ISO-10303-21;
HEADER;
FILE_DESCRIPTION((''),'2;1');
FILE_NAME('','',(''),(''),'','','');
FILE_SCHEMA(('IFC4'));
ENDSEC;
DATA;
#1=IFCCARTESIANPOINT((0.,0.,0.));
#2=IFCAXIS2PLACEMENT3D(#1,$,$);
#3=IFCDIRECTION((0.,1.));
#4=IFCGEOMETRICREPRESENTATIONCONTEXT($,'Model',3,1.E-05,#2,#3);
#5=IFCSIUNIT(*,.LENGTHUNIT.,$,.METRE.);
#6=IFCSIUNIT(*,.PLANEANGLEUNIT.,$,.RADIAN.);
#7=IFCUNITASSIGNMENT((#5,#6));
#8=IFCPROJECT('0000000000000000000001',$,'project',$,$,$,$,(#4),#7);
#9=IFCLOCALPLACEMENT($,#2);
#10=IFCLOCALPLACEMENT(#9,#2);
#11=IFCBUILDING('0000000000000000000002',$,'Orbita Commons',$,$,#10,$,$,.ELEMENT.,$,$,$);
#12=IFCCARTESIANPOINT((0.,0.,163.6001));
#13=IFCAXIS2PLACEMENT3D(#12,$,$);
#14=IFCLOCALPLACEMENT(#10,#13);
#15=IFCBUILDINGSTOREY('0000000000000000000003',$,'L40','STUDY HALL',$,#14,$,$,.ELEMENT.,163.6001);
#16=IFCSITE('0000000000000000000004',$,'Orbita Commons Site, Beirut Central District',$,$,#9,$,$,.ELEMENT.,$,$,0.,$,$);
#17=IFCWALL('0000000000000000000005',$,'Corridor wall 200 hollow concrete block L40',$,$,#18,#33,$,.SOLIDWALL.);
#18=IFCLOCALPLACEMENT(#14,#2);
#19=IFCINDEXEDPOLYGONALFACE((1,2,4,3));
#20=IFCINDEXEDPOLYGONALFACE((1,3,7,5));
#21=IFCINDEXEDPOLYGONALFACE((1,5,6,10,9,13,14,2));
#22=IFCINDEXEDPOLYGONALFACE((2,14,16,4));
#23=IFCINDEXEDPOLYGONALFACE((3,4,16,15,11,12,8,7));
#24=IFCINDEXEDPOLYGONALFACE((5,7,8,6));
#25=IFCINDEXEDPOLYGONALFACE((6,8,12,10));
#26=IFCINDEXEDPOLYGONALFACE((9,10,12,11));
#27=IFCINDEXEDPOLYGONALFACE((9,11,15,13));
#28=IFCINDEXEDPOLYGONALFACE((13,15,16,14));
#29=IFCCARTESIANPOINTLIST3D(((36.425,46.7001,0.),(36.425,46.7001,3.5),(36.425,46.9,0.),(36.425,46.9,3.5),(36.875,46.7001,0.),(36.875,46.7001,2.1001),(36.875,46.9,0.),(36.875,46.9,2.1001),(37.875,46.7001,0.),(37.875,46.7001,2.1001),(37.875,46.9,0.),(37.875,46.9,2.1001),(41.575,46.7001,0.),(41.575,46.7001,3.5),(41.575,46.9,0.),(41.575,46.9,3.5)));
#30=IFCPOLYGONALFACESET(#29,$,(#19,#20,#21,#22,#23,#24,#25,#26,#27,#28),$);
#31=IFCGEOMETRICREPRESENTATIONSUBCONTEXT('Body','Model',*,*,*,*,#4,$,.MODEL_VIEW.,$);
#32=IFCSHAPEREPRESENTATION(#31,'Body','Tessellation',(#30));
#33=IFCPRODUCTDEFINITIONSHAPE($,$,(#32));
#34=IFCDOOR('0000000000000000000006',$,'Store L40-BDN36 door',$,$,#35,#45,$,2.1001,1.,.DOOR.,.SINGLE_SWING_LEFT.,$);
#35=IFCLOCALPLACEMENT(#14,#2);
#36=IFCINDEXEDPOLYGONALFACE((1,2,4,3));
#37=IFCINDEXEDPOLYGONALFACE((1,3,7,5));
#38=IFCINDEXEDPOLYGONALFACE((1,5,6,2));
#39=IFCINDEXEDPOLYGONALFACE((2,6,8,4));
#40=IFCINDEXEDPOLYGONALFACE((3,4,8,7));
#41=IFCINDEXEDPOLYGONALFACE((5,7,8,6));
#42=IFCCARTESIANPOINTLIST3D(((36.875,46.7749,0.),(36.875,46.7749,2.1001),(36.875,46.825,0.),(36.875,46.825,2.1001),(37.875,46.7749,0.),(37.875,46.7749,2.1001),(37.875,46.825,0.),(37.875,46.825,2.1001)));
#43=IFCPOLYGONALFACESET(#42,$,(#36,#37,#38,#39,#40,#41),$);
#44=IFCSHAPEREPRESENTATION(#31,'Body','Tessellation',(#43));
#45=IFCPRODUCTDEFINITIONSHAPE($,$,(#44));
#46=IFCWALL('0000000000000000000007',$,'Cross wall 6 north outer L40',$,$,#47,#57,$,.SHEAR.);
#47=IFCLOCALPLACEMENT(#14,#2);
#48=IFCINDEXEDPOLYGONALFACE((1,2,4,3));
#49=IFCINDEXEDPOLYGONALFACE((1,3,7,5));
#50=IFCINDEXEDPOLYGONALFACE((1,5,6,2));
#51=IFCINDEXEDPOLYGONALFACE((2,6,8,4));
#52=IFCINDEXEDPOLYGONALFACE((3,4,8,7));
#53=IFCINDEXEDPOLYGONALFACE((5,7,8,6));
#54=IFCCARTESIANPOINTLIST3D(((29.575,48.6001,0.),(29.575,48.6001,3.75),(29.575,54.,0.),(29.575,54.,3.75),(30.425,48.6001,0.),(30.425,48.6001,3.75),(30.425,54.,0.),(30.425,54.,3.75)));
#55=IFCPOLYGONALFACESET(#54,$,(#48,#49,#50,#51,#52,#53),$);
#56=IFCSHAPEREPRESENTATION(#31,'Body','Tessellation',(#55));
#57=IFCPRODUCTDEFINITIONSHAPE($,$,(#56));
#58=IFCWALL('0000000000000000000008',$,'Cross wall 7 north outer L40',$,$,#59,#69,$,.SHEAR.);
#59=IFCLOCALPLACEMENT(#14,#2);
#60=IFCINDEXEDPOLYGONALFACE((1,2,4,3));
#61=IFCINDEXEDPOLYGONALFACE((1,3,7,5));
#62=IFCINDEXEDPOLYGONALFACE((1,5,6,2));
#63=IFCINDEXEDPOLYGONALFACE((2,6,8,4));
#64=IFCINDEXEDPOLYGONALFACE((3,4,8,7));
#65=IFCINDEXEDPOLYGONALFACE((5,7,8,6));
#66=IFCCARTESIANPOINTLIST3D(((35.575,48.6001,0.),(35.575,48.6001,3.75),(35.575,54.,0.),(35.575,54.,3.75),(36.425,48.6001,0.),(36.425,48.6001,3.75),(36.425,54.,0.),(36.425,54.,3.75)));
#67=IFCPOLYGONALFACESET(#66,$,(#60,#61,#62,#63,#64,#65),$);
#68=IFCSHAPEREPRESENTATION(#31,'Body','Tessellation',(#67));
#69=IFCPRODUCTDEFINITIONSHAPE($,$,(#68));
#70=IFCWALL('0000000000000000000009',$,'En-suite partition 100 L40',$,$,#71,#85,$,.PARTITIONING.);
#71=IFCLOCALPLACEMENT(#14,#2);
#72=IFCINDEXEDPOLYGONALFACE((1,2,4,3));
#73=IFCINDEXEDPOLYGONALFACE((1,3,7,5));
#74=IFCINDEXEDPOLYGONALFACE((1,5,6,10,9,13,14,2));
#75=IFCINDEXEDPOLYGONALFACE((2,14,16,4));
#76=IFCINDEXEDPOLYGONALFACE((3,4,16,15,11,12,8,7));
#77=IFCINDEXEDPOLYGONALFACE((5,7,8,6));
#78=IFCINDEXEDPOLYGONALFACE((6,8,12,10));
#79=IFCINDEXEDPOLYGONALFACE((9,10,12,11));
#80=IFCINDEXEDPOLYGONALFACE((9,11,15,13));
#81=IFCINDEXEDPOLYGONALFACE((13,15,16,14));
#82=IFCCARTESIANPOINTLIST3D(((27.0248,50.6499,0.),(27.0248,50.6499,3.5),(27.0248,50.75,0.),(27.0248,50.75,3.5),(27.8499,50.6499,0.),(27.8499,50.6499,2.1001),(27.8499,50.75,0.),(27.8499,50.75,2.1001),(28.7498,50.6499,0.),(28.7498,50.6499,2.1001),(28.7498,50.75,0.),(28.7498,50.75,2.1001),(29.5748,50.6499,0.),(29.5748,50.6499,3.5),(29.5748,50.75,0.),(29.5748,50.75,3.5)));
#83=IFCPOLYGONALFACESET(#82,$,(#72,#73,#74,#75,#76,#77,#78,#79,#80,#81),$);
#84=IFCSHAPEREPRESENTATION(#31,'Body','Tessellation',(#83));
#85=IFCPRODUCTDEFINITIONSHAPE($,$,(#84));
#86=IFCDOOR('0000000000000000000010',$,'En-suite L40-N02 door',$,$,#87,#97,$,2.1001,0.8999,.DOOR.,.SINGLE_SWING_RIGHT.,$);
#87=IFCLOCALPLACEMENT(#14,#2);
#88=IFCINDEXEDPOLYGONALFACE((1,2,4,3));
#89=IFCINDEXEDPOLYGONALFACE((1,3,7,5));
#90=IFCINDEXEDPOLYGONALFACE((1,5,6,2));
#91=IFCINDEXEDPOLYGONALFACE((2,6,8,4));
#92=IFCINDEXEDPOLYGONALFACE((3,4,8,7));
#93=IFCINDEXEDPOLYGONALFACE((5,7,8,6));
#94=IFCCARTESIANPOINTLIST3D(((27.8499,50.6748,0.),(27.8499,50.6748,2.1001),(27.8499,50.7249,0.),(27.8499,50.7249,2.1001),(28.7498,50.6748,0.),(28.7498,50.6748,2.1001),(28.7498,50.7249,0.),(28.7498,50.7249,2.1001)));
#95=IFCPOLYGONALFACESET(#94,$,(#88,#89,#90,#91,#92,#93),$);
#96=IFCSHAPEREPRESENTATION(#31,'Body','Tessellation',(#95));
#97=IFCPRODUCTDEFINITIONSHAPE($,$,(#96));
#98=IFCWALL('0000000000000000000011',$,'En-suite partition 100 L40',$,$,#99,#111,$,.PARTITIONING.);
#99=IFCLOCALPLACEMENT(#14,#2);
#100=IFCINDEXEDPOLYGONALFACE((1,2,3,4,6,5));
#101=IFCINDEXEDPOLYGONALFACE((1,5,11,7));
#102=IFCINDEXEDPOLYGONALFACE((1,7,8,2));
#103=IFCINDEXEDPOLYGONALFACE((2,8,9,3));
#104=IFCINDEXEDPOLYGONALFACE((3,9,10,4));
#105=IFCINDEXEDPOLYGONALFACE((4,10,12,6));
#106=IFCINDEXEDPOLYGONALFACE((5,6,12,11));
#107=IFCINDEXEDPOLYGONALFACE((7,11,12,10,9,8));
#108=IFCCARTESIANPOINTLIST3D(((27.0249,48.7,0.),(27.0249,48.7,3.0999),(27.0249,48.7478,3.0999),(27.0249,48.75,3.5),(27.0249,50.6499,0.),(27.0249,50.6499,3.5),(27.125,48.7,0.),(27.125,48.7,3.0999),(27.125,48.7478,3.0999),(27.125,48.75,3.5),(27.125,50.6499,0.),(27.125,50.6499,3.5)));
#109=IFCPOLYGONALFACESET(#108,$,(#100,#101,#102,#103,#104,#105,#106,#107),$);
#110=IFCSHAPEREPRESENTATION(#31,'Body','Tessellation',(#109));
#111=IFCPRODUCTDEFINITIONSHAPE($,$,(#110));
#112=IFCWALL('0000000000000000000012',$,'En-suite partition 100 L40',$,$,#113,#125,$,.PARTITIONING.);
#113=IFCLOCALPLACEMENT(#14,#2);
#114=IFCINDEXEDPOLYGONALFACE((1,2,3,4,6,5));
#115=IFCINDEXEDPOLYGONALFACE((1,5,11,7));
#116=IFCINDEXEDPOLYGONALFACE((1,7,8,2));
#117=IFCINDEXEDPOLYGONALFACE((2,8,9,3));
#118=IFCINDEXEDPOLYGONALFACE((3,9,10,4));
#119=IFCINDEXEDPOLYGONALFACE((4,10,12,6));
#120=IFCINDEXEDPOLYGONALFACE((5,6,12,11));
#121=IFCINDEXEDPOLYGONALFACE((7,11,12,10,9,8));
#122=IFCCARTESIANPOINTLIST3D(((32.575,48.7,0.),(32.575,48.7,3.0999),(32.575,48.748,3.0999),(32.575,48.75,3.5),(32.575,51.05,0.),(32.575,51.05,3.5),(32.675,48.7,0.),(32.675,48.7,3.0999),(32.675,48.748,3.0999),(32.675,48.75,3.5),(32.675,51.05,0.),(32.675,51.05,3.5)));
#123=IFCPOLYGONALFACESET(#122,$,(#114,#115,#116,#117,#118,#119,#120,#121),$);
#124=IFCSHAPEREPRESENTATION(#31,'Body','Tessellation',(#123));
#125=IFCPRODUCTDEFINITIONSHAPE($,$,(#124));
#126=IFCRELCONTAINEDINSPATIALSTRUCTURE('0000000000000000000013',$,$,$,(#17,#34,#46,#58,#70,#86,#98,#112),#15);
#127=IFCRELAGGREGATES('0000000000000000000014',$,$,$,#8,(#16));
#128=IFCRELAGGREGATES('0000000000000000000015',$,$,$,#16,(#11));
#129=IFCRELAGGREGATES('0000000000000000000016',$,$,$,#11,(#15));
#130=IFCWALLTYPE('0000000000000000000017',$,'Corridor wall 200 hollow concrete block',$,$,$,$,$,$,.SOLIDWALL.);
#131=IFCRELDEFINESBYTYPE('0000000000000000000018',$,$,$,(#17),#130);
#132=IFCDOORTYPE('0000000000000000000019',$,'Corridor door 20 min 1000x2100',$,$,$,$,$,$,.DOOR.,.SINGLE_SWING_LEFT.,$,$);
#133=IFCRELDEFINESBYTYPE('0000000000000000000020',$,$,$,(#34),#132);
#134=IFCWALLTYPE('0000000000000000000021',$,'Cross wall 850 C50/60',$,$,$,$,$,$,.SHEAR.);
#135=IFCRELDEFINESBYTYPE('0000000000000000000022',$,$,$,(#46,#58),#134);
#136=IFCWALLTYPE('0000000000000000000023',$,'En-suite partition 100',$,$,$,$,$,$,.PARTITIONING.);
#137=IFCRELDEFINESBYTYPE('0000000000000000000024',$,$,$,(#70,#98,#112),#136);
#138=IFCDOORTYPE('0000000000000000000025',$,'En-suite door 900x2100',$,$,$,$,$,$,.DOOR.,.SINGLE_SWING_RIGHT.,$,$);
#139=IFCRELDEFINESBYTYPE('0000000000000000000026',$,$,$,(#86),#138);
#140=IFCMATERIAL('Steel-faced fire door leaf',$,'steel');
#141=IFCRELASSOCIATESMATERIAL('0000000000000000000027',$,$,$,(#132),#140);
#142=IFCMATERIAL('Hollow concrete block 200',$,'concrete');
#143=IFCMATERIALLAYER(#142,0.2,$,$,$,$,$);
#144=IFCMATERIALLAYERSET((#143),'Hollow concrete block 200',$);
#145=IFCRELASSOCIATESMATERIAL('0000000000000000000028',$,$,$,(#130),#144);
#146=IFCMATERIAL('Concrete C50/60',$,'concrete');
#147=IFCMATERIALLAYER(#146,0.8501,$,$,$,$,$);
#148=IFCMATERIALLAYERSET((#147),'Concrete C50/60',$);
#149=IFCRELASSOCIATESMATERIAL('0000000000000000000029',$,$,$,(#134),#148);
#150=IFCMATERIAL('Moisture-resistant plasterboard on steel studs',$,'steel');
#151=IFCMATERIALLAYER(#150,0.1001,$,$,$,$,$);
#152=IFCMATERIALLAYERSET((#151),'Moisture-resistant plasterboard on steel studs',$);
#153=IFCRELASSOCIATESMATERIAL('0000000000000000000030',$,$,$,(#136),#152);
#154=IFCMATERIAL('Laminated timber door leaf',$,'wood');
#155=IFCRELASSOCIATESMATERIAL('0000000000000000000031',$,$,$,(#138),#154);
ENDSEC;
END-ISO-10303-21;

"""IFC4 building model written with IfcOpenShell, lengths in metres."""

from ifc_helpers import new_model, si_unit, direction, frame, frame_2d, origin, place, context, subcontext, project, spatial, polyline, rectangle, outline, extrude, material, layer, layer_set, type_object, element, fill, save


model = new_model("IFC4")

# Units and contexts
model_context = context("Model", 3, precision=1e-05, world=origin(), true_north=direction((0.0, 1.0)))
body_context = subcontext(model_context, "Body", "Model", "MODEL_VIEW")
ifc_project = project(units=[si_unit("LENGTHUNIT", "METRE"), si_unit("PLANEANGLEUNIT", "RADIAN")], contexts=[model_context])

# Site, building, storey
site_placement = place(None, origin())
site = spatial("IfcSite", under=ifc_project, at=site_placement, Name="Orbita Commons Site, Beirut Central District", CompositionType="ELEMENT", RefElevation=0.0)
building_placement = place(site_placement, origin())
building = spatial("IfcBuilding", under=site, at=building_placement, Name="Orbita Commons", CompositionType="ELEMENT")
storey_placement = place(building_placement, frame((0.0, 0.0, 163.6001)))
storey = spatial("IfcBuildingStorey", under=building, at=storey_placement, Name="L40", Description="STUDY HALL", CompositionType="ELEMENT", Elevation=163.6001)

# Wall, opening, door
ifc_material_1 = material(Name="Steel-faced fire door leaf", Category="steel")
door_type_1 = type_object("IfcDoorType", Name="Corridor door 20 min 1000x2100", OperationType="SINGLE_SWING_LEFT", PredefinedType="DOOR", material=ifc_material_1)
ifc_material_2 = material(Name="Hollow concrete block 200", Category="concrete")
ifc_layer_1 = layer(ifc_material_2, 0.2)
ifc_layer_set_1 = layer_set([ifc_layer_1], Name="Hollow concrete block 200")
wall_type_1 = type_object("IfcWallType", Name="Corridor wall 200 hollow concrete block", PredefinedType="SOLIDWALL", material=ifc_layer_set_1)
wall_1_placement = place(storey_placement, frame((36.425, 46.8, 0.0), z_axis=(0.0, 0.0, 1.0), x_axis=(1.0, 0.0, 0.0)))
wall_1 = element("IfcWall", 1, at=wall_1_placement, inside=storey, type_object=wall_type_1, Name="Corridor wall 200 hollow concrete block L40", PredefinedType="SOLIDWALL", context=body_context, shape_type="SweptSolid", body=[
    extrude(rectangle(XDim=5.1499, YDim=0.2, at=frame_2d((2.575, 0.0))), origin(), (0.0, 0.0, 1.0), 3.5),
])
opening_1_placement = place(wall_1_placement, frame((0.45, 0.0, 0.0)))
opening_1 = element("IfcOpeningElement", 2, at=opening_1_placement, cuts=wall_1, PredefinedType="OPENING", context=body_context, shape_type="SweptSolid", body=[
    extrude(rectangle(XDim=1.0, YDim=2.1001, at=frame_2d((0.5, 1.05))), frame((0.0, 0.1099, 0.0), z_axis=(0.0, -1.0, 0.0), x_axis=(1.0, 0.0, 0.0)), (0.0, 0.0, 1.0), 0.22),
])
door_1_placement = place(opening_1_placement, origin())
door_1 = element("IfcDoor", 3, at=door_1_placement, inside=storey, type_object=door_type_1, Name="Store L40-BDN36 door", OperationType="SINGLE_SWING_LEFT", OverallHeight=2.1001, OverallWidth=1.0, PredefinedType="DOOR", context=body_context, shape_type="SweptSolid", body=[
    extrude(rectangle(XDim=1.0, YDim=2.1001, at=frame_2d((0.5, 1.05))), frame((0.0, 0.0249, 0.0), z_axis=(0.0, -1.0, 0.0), x_axis=(1.0, 0.0, 0.0)), (0.0, 0.0, 1.0), 0.05),
])
fill(opening_1, door_1)

# Walls
ifc_material_3 = material(Name="Concrete C50/60", Category="concrete")
ifc_layer_2 = layer(ifc_material_3, 0.8501)
ifc_layer_set_2 = layer_set([ifc_layer_2], Name="Concrete C50/60")
wall_type_2 = type_object("IfcWallType", Name="Cross wall 850 C50/60", PredefinedType="SHEAR", material=ifc_layer_set_2)
for number, where, z_axis, x_axis, name in (
    (4, (30.0, 48.6001, 0.0), (0.0, 0.0, 1.0), (0.0, 1.0, 0.0), "Cross wall 6 north outer L40"),
    (5, (36.0, 48.6001, 0.0), (0.0, 0.0, 1.0), (0.0, 1.0, 0.0), "Cross wall 7 north outer L40"),
):
    element("IfcWall", number, at=place(storey_placement, frame(where, z_axis=z_axis, x_axis=x_axis)), inside=storey, type_object=wall_type_2, Name=name, PredefinedType="SHEAR", context=body_context, shape_type="SweptSolid", body=[
        extrude(rectangle(XDim=5.3999, YDim=0.8501, at=frame_2d((2.7, 0.0))), origin(), (0.0, 0.0, 1.0), 3.75),
    ])

# Wall, opening, door
ifc_material_4 = material(Name="Moisture-resistant plasterboard on steel studs", Category="steel")
ifc_layer_3 = layer(ifc_material_4, 0.1001)
ifc_layer_set_3 = layer_set([ifc_layer_3], Name="Moisture-resistant plasterboard on steel studs")
wall_type_3 = type_object("IfcWallType", Name="En-suite partition 100", PredefinedType="PARTITIONING", material=ifc_layer_set_3)
wall_2_placement = place(storey_placement, frame((27.0249, 50.7, 0.0), z_axis=(0.0, 0.0, 1.0), x_axis=(1.0, 0.0, 0.0)))
wall_2 = element("IfcWall", 6, at=wall_2_placement, inside=storey, type_object=wall_type_3, Name="En-suite partition 100 L40", PredefinedType="PARTITIONING", context=body_context, shape_type="SweptSolid", body=[
    extrude(rectangle(XDim=2.55, YDim=0.1001, at=frame_2d((1.2749, 0.0))), origin(), (0.0, 0.0, 1.0), 3.5),
])
opening_2_placement = place(wall_2_placement, frame((0.825, 0.0, 0.0)))
opening_2 = element("IfcOpeningElement", 7, at=opening_2_placement, cuts=wall_2, PredefinedType="OPENING", context=body_context, shape_type="SweptSolid", body=[
    extrude(rectangle(XDim=0.8999, YDim=2.1001, at=frame_2d((0.45, 1.05))), frame((0.0, 0.0601, 0.0), z_axis=(0.0, -1.0, 0.0), x_axis=(1.0, 0.0, 0.0)), (0.0, 0.0, 1.0), 0.1201),
])
ifc_material_5 = material(Name="Laminated timber door leaf", Category="wood")
door_type_2 = type_object("IfcDoorType", Name="En-suite door 900x2100", OperationType="SINGLE_SWING_RIGHT", PredefinedType="DOOR", material=ifc_material_5)
door_2_placement = place(opening_2_placement, origin())
door_2 = element("IfcDoor", 8, at=door_2_placement, inside=storey, type_object=door_type_2, Name="En-suite L40-N02 door", OperationType="SINGLE_SWING_RIGHT", OverallHeight=2.1001, OverallWidth=0.8999, PredefinedType="DOOR", context=body_context, shape_type="SweptSolid", body=[
    extrude(rectangle(XDim=0.8999, YDim=2.1001, at=frame_2d((0.45, 1.05))), frame((0.0, 0.0249, 0.0), z_axis=(0.0, -1.0, 0.0), x_axis=(1.0, 0.0, 0.0)), (0.0, 0.0, 1.0), 0.05),
])
fill(opening_2, door_2)

# Walls
wall_3_placement = place(storey_placement, frame((27.075, 50.6499, 0.0), z_axis=(0.0, 0.0, 1.0), x_axis=(0.0, -1.0, 0.0)))
element("IfcWall", 9, at=wall_3_placement, inside=storey, type_object=wall_type_3, Name="En-suite partition 100 L40", PredefinedType="PARTITIONING", context=body_context, shape_type="SweptSolid", body=[
    extrude(outline(polyline([(0.0, 0.0), (1.95, 0.0), (1.95, 3.0999), (1.9021, 3.0999), (1.8999, 3.5), (0.0, 3.5), (0.0, 0.0)])), frame((0.0, 0.05, 0.0), z_axis=(0.0, -1.0, 0.0), x_axis=(1.0, 0.0, 0.0)), (0.0, 0.0, 1.0), 0.1001),
])
wall_4_placement = place(storey_placement, frame((32.625, 51.05, 0.0), z_axis=(0.0, 0.0, 1.0), x_axis=(0.0, -1.0, 0.0)))
element("IfcWall", 10, at=wall_4_placement, inside=storey, type_object=wall_type_3, Name="En-suite partition 100 L40", PredefinedType="PARTITIONING", context=body_context, shape_type="SweptSolid", body=[
    extrude(outline(polyline([(0.0, 0.0), (2.3501, 0.0), (2.3501, 3.0999), (2.302, 3.0999), (2.3, 3.5), (0.0, 3.5), (0.0, 0.0)])), frame((0.0, 0.05, 0.0), z_axis=(0.0, -1.0, 0.0), x_axis=(1.0, 0.0, 0.0)), (0.0, 0.0, 1.0), 0.1001),
])

save(model, "model.ifc")
